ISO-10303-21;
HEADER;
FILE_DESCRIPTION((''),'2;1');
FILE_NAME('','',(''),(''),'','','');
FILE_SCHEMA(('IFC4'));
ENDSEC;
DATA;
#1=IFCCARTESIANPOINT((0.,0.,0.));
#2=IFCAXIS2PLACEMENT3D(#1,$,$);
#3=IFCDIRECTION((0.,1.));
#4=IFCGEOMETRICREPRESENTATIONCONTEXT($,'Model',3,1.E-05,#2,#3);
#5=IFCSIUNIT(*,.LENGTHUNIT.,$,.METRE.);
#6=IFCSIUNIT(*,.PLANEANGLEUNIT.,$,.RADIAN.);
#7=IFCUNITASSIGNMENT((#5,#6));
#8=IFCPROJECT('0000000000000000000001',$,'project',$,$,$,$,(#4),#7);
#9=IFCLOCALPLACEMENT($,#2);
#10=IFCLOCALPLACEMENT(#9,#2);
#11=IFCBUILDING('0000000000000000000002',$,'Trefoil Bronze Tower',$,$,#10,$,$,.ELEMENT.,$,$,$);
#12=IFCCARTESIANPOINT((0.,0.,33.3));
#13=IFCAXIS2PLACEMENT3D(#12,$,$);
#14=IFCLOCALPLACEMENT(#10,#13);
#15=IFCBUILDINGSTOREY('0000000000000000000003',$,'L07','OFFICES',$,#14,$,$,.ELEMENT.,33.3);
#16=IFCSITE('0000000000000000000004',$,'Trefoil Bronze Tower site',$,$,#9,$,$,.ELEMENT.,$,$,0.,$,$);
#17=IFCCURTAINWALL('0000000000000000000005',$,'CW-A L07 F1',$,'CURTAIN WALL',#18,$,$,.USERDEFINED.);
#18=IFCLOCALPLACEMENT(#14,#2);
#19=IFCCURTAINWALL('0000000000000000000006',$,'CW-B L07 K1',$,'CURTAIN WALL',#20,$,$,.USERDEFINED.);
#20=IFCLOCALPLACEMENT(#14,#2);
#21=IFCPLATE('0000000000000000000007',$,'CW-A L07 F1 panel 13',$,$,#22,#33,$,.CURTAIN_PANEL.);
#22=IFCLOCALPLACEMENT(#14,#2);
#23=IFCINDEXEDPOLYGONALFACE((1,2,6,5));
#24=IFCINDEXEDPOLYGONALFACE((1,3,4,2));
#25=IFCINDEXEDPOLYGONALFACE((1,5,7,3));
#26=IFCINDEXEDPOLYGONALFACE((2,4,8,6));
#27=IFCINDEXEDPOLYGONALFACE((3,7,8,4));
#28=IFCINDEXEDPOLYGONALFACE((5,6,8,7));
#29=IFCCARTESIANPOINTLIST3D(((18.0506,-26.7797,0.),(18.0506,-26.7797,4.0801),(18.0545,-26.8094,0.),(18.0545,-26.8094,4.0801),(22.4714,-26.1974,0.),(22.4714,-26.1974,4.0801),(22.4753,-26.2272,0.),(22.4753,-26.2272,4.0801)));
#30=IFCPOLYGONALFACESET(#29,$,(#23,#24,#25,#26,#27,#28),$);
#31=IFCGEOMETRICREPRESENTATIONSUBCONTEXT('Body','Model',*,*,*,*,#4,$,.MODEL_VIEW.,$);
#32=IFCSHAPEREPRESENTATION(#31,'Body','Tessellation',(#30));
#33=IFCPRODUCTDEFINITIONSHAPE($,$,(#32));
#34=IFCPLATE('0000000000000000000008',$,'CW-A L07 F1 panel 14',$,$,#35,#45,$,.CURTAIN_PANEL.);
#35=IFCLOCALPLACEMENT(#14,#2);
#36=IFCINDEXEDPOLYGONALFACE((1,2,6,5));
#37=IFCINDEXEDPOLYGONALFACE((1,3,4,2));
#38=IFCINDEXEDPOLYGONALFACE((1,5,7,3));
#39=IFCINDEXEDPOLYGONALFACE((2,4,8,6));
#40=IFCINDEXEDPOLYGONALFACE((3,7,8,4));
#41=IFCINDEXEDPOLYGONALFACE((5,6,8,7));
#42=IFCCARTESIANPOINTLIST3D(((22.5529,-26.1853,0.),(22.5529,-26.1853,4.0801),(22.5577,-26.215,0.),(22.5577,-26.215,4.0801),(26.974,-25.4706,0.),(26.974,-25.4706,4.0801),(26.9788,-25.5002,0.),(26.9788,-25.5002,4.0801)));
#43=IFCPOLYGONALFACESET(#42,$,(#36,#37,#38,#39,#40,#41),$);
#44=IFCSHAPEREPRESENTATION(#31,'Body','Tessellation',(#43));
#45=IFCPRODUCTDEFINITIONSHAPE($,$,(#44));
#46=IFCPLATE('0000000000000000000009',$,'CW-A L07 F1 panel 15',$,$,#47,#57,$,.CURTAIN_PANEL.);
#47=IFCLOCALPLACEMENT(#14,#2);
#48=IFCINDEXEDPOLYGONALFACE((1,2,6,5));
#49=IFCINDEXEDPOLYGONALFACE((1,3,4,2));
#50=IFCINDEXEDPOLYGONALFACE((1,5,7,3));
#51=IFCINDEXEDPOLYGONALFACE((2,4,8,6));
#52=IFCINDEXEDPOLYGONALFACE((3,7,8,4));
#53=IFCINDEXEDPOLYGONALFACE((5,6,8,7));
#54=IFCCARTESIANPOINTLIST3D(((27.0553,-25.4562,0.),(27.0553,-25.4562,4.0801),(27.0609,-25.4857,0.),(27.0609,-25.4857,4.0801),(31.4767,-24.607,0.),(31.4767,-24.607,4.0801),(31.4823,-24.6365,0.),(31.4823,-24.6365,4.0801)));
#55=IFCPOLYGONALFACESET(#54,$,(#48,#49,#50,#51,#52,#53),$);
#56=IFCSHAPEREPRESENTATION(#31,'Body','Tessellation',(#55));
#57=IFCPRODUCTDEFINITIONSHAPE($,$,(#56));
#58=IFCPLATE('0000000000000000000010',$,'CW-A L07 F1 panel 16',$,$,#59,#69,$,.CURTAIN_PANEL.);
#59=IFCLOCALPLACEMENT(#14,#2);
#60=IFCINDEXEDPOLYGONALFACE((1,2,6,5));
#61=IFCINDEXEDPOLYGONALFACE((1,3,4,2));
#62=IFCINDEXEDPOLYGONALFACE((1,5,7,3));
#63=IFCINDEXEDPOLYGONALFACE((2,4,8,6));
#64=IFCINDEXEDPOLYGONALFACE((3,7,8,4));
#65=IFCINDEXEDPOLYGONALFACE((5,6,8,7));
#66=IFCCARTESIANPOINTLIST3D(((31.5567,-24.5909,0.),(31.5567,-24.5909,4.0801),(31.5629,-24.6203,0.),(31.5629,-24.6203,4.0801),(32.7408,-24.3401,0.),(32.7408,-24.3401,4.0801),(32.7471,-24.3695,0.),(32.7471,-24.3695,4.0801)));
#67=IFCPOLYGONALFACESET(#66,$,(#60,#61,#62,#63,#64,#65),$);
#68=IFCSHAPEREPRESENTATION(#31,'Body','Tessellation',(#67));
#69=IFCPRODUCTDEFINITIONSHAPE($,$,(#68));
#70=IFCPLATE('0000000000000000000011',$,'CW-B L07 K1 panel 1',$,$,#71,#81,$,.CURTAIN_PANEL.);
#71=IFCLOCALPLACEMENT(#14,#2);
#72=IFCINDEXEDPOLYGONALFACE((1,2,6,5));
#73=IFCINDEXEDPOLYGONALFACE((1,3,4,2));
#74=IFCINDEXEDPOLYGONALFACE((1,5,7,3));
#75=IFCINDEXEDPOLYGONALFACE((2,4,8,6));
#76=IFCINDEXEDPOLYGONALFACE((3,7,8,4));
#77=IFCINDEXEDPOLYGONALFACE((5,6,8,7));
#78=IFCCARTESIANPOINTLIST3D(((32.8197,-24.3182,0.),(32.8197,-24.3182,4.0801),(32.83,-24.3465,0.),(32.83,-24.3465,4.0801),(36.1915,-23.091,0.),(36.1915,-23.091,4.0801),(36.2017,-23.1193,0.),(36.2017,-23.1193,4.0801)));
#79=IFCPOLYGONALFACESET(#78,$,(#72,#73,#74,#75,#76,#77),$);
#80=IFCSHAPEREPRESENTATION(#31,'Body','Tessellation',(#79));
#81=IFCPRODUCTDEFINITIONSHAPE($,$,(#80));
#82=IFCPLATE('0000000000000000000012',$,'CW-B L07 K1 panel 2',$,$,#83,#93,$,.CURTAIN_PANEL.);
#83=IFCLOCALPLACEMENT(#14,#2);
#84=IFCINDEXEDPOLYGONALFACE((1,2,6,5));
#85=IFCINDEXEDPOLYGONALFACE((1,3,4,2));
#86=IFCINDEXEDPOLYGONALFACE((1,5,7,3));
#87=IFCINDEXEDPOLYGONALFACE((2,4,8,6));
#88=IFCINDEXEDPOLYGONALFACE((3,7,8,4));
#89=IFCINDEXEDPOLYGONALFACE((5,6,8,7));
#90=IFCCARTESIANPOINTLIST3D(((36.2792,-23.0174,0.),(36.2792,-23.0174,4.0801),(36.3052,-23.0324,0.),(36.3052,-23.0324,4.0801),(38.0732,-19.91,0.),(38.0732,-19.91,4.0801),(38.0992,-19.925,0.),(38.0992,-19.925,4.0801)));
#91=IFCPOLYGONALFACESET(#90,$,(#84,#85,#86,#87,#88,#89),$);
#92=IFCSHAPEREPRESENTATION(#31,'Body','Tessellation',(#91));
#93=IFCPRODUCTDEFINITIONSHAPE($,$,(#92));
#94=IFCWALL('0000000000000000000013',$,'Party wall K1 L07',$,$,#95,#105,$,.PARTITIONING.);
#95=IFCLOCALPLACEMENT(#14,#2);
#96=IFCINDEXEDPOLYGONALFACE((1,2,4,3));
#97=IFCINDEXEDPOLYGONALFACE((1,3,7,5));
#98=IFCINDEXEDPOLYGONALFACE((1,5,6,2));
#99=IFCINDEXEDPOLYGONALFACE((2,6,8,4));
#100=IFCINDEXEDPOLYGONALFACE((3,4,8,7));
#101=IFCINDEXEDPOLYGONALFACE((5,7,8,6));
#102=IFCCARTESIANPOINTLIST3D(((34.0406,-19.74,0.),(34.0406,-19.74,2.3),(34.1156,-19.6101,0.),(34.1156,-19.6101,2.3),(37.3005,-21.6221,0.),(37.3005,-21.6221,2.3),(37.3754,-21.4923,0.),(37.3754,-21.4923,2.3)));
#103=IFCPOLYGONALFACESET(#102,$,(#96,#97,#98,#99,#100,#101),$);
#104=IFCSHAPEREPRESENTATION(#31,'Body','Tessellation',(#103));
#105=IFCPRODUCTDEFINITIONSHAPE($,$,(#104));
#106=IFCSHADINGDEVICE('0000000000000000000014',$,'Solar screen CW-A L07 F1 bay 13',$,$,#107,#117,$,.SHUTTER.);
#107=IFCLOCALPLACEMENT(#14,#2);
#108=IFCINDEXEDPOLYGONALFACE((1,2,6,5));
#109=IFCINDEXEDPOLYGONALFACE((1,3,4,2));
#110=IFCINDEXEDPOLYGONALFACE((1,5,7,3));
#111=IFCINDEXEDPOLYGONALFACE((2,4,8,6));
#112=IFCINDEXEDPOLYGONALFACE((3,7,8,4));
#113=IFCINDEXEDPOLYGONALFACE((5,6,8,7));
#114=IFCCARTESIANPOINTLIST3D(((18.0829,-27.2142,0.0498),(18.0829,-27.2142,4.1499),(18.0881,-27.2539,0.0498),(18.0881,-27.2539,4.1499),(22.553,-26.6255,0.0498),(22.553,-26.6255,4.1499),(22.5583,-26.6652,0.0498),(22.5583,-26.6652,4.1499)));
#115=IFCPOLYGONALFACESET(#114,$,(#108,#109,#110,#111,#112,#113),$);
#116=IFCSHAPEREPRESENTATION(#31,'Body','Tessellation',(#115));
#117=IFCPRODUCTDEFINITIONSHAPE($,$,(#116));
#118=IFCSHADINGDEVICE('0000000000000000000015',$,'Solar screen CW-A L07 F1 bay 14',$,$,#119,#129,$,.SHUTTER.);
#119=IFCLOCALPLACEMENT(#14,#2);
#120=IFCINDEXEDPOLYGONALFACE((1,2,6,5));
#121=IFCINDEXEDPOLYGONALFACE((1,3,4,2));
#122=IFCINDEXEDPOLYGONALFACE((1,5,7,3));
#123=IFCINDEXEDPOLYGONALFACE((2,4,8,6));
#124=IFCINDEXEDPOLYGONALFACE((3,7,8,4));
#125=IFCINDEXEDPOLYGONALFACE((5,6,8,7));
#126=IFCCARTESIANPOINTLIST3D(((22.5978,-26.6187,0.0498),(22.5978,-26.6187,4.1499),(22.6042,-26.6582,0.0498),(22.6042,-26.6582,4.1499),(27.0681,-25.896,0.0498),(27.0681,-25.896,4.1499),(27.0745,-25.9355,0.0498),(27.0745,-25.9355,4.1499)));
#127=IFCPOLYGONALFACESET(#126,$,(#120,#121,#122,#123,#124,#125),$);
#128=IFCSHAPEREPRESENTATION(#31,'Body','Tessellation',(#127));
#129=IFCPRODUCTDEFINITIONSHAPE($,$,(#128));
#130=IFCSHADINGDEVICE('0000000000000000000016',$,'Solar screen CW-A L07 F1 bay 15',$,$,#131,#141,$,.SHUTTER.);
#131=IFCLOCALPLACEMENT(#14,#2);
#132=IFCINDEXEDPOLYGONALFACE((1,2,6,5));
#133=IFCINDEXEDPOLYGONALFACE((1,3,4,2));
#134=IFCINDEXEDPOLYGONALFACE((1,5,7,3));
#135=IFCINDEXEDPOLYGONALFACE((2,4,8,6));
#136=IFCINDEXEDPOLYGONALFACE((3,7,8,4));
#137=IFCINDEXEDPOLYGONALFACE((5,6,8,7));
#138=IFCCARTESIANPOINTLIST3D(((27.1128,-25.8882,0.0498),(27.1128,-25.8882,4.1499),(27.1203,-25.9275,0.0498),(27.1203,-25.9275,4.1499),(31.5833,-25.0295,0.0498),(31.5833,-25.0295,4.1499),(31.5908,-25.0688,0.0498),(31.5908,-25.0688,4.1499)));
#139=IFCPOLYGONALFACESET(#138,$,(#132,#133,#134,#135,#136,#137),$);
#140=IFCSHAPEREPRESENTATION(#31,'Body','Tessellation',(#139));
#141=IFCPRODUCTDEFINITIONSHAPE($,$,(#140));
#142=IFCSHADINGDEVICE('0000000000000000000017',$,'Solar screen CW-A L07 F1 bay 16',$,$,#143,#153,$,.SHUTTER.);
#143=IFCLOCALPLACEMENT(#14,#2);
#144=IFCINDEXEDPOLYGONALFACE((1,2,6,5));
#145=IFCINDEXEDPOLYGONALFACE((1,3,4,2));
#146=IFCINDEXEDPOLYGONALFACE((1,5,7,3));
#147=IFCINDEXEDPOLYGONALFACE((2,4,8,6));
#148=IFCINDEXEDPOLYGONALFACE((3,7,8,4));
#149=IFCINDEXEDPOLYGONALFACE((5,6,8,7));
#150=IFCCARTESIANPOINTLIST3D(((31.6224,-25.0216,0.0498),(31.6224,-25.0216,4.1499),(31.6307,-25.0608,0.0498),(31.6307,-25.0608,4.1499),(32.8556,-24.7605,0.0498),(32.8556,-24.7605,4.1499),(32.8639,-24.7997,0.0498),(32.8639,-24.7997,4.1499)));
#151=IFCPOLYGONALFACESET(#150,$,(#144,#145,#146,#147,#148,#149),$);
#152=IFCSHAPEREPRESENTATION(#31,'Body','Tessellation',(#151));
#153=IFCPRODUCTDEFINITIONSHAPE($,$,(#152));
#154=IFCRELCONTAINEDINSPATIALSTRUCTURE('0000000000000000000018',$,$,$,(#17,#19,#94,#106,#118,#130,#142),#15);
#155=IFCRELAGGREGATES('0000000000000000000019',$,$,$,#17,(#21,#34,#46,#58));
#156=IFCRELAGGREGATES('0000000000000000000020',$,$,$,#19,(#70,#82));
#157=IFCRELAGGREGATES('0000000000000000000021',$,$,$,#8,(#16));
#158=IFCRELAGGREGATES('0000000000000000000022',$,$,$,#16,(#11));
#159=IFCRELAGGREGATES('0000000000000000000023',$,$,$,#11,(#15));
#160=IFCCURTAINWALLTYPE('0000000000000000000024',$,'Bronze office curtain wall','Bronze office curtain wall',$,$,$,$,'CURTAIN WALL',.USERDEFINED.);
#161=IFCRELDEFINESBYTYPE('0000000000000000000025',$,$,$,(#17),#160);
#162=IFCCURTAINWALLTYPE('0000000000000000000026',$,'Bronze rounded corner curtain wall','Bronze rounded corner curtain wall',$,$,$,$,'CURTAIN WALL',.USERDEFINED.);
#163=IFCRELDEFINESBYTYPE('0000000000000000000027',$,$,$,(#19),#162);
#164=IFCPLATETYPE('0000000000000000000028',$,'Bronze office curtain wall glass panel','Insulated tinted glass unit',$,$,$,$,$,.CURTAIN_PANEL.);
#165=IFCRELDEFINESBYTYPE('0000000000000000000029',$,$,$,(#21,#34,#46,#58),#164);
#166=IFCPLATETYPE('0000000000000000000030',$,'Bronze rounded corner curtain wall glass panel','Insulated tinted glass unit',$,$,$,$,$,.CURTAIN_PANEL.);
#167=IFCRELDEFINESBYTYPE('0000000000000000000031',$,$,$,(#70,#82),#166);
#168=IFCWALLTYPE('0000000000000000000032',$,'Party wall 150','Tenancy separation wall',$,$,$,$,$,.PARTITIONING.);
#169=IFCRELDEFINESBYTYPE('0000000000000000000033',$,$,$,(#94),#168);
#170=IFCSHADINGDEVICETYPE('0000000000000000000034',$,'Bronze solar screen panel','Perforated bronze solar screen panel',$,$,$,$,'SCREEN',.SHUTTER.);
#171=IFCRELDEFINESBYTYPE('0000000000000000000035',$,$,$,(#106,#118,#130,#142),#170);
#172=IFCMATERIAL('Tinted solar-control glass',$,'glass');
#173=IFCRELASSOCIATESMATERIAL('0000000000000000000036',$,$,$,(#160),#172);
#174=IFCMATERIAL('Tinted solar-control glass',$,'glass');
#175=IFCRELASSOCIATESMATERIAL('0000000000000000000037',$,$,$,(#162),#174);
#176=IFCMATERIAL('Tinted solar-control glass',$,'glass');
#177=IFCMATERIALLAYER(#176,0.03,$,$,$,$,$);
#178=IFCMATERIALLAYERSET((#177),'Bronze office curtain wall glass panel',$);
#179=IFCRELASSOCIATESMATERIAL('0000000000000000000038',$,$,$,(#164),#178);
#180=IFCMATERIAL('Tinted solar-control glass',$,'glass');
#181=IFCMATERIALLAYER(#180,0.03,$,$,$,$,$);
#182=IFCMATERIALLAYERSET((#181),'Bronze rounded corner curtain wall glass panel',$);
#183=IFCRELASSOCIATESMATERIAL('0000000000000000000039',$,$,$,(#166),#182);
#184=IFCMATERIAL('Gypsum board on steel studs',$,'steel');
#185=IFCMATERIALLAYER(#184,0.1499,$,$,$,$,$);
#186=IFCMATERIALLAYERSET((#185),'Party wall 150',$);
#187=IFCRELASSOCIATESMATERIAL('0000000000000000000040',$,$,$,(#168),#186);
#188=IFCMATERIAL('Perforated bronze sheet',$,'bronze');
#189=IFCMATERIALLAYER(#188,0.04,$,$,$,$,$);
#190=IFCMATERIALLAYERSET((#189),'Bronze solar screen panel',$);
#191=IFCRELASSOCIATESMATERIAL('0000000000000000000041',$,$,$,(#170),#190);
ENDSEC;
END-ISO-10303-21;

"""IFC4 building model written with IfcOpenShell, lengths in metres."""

from ifc_helpers import new_model, si_unit, direction, frame, frame_2d, origin, origin_2d, place, context, subcontext, project, spatial, rectangle, extrude, material, layer, layer_set, type_object, element, aggregate, save


model = new_model("IFC4")

# Units and contexts
model_context = context("Model", 3, precision=1e-05, world=origin(), true_north=direction((0.0, 1.0)))
body_context = subcontext(model_context, "Body", "Model", "MODEL_VIEW")
ifc_project = project(units=[si_unit("LENGTHUNIT", "METRE"), si_unit("PLANEANGLEUNIT", "RADIAN")], contexts=[model_context])

# Site, building, storey
site_placement = place(None, origin())
site = spatial("IfcSite", under=ifc_project, at=site_placement, Name="Trefoil Bronze Tower site", CompositionType="ELEMENT", RefElevation=0.0)
building_placement = place(site_placement, origin())
building = spatial("IfcBuilding", under=site, at=building_placement, Name="Trefoil Bronze Tower", CompositionType="ELEMENT")
storey_placement = place(building_placement, frame((0.0, 0.0, 33.3)))
storey = spatial("IfcBuildingStorey", under=building, at=storey_placement, Name="L07", Description="OFFICES", CompositionType="ELEMENT", Elevation=33.3)

# Curtain walls
ifc_material_1 = material(Name="Tinted solar-control glass", Category="glass")
curtain_wall_type_1 = type_object("IfcCurtainWallType", Name="Bronze office curtain wall", Description="Bronze office curtain wall", ElementType="CURTAIN WALL", PredefinedType="USERDEFINED", material=ifc_material_1)
curtain_wall_1_placement = place(storey_placement, origin())
curtain_wall_1 = element("IfcCurtainWall", 1, at=curtain_wall_1_placement, inside=storey, type_object=curtain_wall_type_1, Name="CW-A L07 F1", ObjectType="CURTAIN WALL", PredefinedType="USERDEFINED")
ifc_material_2 = material(Name="Tinted solar-control glass", Category="glass")
curtain_wall_type_2 = type_object("IfcCurtainWallType", Name="Bronze rounded corner curtain wall", Description="Bronze rounded corner curtain wall", ElementType="CURTAIN WALL", PredefinedType="USERDEFINED", material=ifc_material_2)
curtain_wall_2_placement = place(storey_placement, origin())
curtain_wall_2 = element("IfcCurtainWall", 2, at=curtain_wall_2_placement, inside=storey, type_object=curtain_wall_type_2, Name="CW-B L07 K1", ObjectType="CURTAIN WALL", PredefinedType="USERDEFINED")

# Plates
ifc_material_3 = material(Name="Tinted solar-control glass", Category="glass")
ifc_layer_1 = layer(ifc_material_3, 0.03)
ifc_layer_set_1 = layer_set([ifc_layer_1], Name="Bronze office curtain wall glass panel")
plate_type_1 = type_object("IfcPlateType", Name="Bronze office curtain wall glass panel", Description="Insulated tinted glass unit", PredefinedType="CURTAIN_PANEL", material=ifc_layer_set_1)
plate_1_placement = place(storey_placement, frame((20.2629, -26.5034, 0.0), z_axis=(0.0, 0.0, 1.0), x_axis=(0.991437, 0.130584, 0.0)))
plate_1 = element("IfcPlate", 3, at=plate_1_placement, type_object=plate_type_1, Name="CW-A L07 F1 panel 13", PredefinedType="CURTAIN_PANEL", context=body_context, shape_type="SweptSolid", body=[
    extrude(rectangle(XDim=4.459, YDim=0.03, at=origin_2d()), origin(), (0.0, 0.0, 1.0), 4.0801),
])
plate_2_placement = place(storey_placement, frame((24.7659, -25.8428, 0.0), z_axis=(0.0, 0.0, 1.0), x_axis=(0.987181, 0.159603, 0.0)))
plate_2 = element("IfcPlate", 4, at=plate_2_placement, type_object=plate_type_1, Name="CW-A L07 F1 panel 14", PredefinedType="CURTAIN_PANEL", context=body_context, shape_type="SweptSolid", body=[
    extrude(rectangle(XDim=4.4785, YDim=0.03, at=origin_2d()), origin(), (0.0, 0.0, 1.0), 4.0801),
])
plate_3_placement = place(storey_placement, frame((29.2688, -25.0464, 0.0), z_axis=(0.0, 0.0, 1.0), x_axis=(0.98205, 0.188622, 0.0)))
plate_3 = element("IfcPlate", 5, at=plate_3_placement, type_object=plate_type_1, Name="CW-A L07 F1 panel 15", PredefinedType="CURTAIN_PANEL", context=body_context, shape_type="SweptSolid", body=[
    extrude(rectangle(XDim=4.5022, YDim=0.03, at=origin_2d()), origin(), (0.0, 0.0, 1.0), 4.0801),
])
plate_4_placement = place(storey_placement, frame((32.1519, -24.4802, 0.0), z_axis=(0.0, 0.0, 1.0), x_axis=(0.978303, 0.207181, 0.0)))
plate_4 = element("IfcPlate", 6, at=plate_4_placement, type_object=plate_type_1, Name="CW-A L07 F1 panel 16", PredefinedType="CURTAIN_PANEL", context=body_context, shape_type="SweptSolid", body=[
    extrude(rectangle(XDim=1.2104, YDim=0.03, at=origin_2d()), origin(), (0.0, 0.0, 1.0), 4.0801),
])
aggregate(curtain_wall_1, [plate_1, plate_2, plate_3, plate_4])
ifc_material_4 = material(Name="Tinted solar-control glass", Category="glass")
ifc_layer_2 = layer(ifc_material_4, 0.03)
ifc_layer_set_2 = layer_set([ifc_layer_2], Name="Bronze rounded corner curtain wall glass panel")
plate_type_2 = type_object("IfcPlateType", Name="Bronze rounded corner curtain wall glass panel", Description="Insulated tinted glass unit", PredefinedType="CURTAIN_PANEL", material=ifc_layer_set_2)
plate_5_placement = place(storey_placement, frame((34.5107, -23.7188, 0.0), z_axis=(0.0, 0.0, 1.0), x_axis=(0.939693, 0.34202, 0.0)))
plate_5 = element("IfcPlate", 7, at=plate_5_placement, type_object=plate_type_2, Name="CW-B L07 K1 panel 1", PredefinedType="CURTAIN_PANEL", context=body_context, shape_type="SweptSolid", body=[
    extrude(rectangle(XDim=3.5881, YDim=0.03, at=origin_2d()), origin(), (0.0, 0.0, 1.0), 4.0801),
])
plate_6_placement = place(storey_placement, frame((37.1892, -21.4712, 0.0), z_axis=(0.0, 0.0, 1.0), x_axis=(0.5, 0.866025, 0.0)))
plate_6 = element("IfcPlate", 8, at=plate_6_placement, type_object=plate_type_2, Name="CW-B L07 K1 panel 2", PredefinedType="CURTAIN_PANEL", context=body_context, shape_type="SweptSolid", body=[
    extrude(rectangle(XDim=3.5881, YDim=0.03, at=origin_2d()), origin(), (0.0, 0.0, 1.0), 4.0801),
])
aggregate(curtain_wall_2, [plate_5, plate_6])

# Wall
ifc_material_5 = material(Name="Gypsum board on steel studs", Category="steel")
ifc_layer_3 = layer(ifc_material_5, 0.1499)
ifc_layer_set_3 = layer_set([ifc_layer_3], Name="Party wall 150")
wall_type = type_object("IfcWallType", Name="Party wall 150", Description="Tenancy separation wall", PredefinedType="PARTITIONING", material=ifc_layer_set_3)
wall_placement = place(storey_placement, frame((34.0781, -19.675, 0.0), z_axis=(0.0, 0.0, 1.0), x_axis=(0.866019, -0.500011, 0.0)))
element("IfcWall", 9, at=wall_placement, inside=storey, type_object=wall_type, Name="Party wall K1 L07", PredefinedType="PARTITIONING", context=body_context, shape_type="SweptSolid", body=[
    extrude(rectangle(XDim=3.7642, YDim=0.1499, at=frame_2d((1.8821, 0.0))), origin(), (0.0, 0.0, 1.0), 2.3),
])

# Shading devices
ifc_material_6 = material(Name="Perforated bronze sheet", Category="bronze")
ifc_layer_4 = layer(ifc_material_6, 0.04)
ifc_layer_set_4 = layer_set([ifc_layer_4], Name="Bronze solar screen panel")
shading_device_type = type_object("IfcShadingDeviceType", Name="Bronze solar screen panel", Description="Perforated bronze solar screen panel", ElementType="SCREEN", PredefinedType="SHUTTER", material=ifc_layer_set_4)
shading_device_1_placement = place(storey_placement, frame((20.3206, -26.9397, 0.0498), z_axis=(0.0, 0.0, 1.0), x_axis=(0.991437, 0.130584, 0.0)))
element("IfcShadingDevice", 10, at=shading_device_1_placement, inside=storey, type_object=shading_device_type, Name="Solar screen CW-A L07 F1 bay 13", PredefinedType="SHUTTER", context=body_context, shape_type="SweptSolid", body=[
    extrude(rectangle(XDim=4.5088, YDim=0.04, at=origin_2d()), origin(), (0.0, 0.0, 1.0), 4.1001),
])
shading_device_2_placement = place(storey_placement, frame((24.8362, -26.2771, 0.0498), z_axis=(0.0, 0.0, 1.0), x_axis=(0.987181, 0.159603, 0.0)))
element("IfcShadingDevice", 11, at=shading_device_2_placement, inside=storey, type_object=shading_device_type, Name="Solar screen CW-A L07 F1 bay 14", PredefinedType="SHUTTER", context=body_context, shape_type="SweptSolid", body=[
    extrude(rectangle(XDim=4.5283, YDim=0.04, at=origin_2d()), origin(), (0.0, 0.0, 1.0), 4.1001),
])
shading_device_3_placement = place(storey_placement, frame((29.3518, -25.4785, 0.0498), z_axis=(0.0, 0.0, 1.0), x_axis=(0.98205, 0.188622, 0.0)))
element("IfcShadingDevice", 12, at=shading_device_3_placement, inside=storey, type_object=shading_device_type, Name="Solar screen CW-A L07 F1 bay 15", PredefinedType="SHUTTER", context=body_context, shape_type="SweptSolid", body=[
    extrude(rectangle(XDim=4.5522, YDim=0.04, at=origin_2d()), origin(), (0.0, 0.0, 1.0), 4.1001),
])
shading_device_4_placement = place(storey_placement, frame((32.2432, -24.9106, 0.0498), z_axis=(0.0, 0.0, 1.0), x_axis=(0.978303, 0.207181, 0.0)))
element("IfcShadingDevice", 13, at=shading_device_4_placement, inside=storey, type_object=shading_device_type, Name="Solar screen CW-A L07 F1 bay 16", PredefinedType="SHUTTER", context=body_context, shape_type="SweptSolid", body=[
    extrude(rectangle(XDim=1.2605, YDim=0.04, at=origin_2d()), origin(), (0.0, 0.0, 1.0), 4.1001),
])

save(model, "model.ifc")
